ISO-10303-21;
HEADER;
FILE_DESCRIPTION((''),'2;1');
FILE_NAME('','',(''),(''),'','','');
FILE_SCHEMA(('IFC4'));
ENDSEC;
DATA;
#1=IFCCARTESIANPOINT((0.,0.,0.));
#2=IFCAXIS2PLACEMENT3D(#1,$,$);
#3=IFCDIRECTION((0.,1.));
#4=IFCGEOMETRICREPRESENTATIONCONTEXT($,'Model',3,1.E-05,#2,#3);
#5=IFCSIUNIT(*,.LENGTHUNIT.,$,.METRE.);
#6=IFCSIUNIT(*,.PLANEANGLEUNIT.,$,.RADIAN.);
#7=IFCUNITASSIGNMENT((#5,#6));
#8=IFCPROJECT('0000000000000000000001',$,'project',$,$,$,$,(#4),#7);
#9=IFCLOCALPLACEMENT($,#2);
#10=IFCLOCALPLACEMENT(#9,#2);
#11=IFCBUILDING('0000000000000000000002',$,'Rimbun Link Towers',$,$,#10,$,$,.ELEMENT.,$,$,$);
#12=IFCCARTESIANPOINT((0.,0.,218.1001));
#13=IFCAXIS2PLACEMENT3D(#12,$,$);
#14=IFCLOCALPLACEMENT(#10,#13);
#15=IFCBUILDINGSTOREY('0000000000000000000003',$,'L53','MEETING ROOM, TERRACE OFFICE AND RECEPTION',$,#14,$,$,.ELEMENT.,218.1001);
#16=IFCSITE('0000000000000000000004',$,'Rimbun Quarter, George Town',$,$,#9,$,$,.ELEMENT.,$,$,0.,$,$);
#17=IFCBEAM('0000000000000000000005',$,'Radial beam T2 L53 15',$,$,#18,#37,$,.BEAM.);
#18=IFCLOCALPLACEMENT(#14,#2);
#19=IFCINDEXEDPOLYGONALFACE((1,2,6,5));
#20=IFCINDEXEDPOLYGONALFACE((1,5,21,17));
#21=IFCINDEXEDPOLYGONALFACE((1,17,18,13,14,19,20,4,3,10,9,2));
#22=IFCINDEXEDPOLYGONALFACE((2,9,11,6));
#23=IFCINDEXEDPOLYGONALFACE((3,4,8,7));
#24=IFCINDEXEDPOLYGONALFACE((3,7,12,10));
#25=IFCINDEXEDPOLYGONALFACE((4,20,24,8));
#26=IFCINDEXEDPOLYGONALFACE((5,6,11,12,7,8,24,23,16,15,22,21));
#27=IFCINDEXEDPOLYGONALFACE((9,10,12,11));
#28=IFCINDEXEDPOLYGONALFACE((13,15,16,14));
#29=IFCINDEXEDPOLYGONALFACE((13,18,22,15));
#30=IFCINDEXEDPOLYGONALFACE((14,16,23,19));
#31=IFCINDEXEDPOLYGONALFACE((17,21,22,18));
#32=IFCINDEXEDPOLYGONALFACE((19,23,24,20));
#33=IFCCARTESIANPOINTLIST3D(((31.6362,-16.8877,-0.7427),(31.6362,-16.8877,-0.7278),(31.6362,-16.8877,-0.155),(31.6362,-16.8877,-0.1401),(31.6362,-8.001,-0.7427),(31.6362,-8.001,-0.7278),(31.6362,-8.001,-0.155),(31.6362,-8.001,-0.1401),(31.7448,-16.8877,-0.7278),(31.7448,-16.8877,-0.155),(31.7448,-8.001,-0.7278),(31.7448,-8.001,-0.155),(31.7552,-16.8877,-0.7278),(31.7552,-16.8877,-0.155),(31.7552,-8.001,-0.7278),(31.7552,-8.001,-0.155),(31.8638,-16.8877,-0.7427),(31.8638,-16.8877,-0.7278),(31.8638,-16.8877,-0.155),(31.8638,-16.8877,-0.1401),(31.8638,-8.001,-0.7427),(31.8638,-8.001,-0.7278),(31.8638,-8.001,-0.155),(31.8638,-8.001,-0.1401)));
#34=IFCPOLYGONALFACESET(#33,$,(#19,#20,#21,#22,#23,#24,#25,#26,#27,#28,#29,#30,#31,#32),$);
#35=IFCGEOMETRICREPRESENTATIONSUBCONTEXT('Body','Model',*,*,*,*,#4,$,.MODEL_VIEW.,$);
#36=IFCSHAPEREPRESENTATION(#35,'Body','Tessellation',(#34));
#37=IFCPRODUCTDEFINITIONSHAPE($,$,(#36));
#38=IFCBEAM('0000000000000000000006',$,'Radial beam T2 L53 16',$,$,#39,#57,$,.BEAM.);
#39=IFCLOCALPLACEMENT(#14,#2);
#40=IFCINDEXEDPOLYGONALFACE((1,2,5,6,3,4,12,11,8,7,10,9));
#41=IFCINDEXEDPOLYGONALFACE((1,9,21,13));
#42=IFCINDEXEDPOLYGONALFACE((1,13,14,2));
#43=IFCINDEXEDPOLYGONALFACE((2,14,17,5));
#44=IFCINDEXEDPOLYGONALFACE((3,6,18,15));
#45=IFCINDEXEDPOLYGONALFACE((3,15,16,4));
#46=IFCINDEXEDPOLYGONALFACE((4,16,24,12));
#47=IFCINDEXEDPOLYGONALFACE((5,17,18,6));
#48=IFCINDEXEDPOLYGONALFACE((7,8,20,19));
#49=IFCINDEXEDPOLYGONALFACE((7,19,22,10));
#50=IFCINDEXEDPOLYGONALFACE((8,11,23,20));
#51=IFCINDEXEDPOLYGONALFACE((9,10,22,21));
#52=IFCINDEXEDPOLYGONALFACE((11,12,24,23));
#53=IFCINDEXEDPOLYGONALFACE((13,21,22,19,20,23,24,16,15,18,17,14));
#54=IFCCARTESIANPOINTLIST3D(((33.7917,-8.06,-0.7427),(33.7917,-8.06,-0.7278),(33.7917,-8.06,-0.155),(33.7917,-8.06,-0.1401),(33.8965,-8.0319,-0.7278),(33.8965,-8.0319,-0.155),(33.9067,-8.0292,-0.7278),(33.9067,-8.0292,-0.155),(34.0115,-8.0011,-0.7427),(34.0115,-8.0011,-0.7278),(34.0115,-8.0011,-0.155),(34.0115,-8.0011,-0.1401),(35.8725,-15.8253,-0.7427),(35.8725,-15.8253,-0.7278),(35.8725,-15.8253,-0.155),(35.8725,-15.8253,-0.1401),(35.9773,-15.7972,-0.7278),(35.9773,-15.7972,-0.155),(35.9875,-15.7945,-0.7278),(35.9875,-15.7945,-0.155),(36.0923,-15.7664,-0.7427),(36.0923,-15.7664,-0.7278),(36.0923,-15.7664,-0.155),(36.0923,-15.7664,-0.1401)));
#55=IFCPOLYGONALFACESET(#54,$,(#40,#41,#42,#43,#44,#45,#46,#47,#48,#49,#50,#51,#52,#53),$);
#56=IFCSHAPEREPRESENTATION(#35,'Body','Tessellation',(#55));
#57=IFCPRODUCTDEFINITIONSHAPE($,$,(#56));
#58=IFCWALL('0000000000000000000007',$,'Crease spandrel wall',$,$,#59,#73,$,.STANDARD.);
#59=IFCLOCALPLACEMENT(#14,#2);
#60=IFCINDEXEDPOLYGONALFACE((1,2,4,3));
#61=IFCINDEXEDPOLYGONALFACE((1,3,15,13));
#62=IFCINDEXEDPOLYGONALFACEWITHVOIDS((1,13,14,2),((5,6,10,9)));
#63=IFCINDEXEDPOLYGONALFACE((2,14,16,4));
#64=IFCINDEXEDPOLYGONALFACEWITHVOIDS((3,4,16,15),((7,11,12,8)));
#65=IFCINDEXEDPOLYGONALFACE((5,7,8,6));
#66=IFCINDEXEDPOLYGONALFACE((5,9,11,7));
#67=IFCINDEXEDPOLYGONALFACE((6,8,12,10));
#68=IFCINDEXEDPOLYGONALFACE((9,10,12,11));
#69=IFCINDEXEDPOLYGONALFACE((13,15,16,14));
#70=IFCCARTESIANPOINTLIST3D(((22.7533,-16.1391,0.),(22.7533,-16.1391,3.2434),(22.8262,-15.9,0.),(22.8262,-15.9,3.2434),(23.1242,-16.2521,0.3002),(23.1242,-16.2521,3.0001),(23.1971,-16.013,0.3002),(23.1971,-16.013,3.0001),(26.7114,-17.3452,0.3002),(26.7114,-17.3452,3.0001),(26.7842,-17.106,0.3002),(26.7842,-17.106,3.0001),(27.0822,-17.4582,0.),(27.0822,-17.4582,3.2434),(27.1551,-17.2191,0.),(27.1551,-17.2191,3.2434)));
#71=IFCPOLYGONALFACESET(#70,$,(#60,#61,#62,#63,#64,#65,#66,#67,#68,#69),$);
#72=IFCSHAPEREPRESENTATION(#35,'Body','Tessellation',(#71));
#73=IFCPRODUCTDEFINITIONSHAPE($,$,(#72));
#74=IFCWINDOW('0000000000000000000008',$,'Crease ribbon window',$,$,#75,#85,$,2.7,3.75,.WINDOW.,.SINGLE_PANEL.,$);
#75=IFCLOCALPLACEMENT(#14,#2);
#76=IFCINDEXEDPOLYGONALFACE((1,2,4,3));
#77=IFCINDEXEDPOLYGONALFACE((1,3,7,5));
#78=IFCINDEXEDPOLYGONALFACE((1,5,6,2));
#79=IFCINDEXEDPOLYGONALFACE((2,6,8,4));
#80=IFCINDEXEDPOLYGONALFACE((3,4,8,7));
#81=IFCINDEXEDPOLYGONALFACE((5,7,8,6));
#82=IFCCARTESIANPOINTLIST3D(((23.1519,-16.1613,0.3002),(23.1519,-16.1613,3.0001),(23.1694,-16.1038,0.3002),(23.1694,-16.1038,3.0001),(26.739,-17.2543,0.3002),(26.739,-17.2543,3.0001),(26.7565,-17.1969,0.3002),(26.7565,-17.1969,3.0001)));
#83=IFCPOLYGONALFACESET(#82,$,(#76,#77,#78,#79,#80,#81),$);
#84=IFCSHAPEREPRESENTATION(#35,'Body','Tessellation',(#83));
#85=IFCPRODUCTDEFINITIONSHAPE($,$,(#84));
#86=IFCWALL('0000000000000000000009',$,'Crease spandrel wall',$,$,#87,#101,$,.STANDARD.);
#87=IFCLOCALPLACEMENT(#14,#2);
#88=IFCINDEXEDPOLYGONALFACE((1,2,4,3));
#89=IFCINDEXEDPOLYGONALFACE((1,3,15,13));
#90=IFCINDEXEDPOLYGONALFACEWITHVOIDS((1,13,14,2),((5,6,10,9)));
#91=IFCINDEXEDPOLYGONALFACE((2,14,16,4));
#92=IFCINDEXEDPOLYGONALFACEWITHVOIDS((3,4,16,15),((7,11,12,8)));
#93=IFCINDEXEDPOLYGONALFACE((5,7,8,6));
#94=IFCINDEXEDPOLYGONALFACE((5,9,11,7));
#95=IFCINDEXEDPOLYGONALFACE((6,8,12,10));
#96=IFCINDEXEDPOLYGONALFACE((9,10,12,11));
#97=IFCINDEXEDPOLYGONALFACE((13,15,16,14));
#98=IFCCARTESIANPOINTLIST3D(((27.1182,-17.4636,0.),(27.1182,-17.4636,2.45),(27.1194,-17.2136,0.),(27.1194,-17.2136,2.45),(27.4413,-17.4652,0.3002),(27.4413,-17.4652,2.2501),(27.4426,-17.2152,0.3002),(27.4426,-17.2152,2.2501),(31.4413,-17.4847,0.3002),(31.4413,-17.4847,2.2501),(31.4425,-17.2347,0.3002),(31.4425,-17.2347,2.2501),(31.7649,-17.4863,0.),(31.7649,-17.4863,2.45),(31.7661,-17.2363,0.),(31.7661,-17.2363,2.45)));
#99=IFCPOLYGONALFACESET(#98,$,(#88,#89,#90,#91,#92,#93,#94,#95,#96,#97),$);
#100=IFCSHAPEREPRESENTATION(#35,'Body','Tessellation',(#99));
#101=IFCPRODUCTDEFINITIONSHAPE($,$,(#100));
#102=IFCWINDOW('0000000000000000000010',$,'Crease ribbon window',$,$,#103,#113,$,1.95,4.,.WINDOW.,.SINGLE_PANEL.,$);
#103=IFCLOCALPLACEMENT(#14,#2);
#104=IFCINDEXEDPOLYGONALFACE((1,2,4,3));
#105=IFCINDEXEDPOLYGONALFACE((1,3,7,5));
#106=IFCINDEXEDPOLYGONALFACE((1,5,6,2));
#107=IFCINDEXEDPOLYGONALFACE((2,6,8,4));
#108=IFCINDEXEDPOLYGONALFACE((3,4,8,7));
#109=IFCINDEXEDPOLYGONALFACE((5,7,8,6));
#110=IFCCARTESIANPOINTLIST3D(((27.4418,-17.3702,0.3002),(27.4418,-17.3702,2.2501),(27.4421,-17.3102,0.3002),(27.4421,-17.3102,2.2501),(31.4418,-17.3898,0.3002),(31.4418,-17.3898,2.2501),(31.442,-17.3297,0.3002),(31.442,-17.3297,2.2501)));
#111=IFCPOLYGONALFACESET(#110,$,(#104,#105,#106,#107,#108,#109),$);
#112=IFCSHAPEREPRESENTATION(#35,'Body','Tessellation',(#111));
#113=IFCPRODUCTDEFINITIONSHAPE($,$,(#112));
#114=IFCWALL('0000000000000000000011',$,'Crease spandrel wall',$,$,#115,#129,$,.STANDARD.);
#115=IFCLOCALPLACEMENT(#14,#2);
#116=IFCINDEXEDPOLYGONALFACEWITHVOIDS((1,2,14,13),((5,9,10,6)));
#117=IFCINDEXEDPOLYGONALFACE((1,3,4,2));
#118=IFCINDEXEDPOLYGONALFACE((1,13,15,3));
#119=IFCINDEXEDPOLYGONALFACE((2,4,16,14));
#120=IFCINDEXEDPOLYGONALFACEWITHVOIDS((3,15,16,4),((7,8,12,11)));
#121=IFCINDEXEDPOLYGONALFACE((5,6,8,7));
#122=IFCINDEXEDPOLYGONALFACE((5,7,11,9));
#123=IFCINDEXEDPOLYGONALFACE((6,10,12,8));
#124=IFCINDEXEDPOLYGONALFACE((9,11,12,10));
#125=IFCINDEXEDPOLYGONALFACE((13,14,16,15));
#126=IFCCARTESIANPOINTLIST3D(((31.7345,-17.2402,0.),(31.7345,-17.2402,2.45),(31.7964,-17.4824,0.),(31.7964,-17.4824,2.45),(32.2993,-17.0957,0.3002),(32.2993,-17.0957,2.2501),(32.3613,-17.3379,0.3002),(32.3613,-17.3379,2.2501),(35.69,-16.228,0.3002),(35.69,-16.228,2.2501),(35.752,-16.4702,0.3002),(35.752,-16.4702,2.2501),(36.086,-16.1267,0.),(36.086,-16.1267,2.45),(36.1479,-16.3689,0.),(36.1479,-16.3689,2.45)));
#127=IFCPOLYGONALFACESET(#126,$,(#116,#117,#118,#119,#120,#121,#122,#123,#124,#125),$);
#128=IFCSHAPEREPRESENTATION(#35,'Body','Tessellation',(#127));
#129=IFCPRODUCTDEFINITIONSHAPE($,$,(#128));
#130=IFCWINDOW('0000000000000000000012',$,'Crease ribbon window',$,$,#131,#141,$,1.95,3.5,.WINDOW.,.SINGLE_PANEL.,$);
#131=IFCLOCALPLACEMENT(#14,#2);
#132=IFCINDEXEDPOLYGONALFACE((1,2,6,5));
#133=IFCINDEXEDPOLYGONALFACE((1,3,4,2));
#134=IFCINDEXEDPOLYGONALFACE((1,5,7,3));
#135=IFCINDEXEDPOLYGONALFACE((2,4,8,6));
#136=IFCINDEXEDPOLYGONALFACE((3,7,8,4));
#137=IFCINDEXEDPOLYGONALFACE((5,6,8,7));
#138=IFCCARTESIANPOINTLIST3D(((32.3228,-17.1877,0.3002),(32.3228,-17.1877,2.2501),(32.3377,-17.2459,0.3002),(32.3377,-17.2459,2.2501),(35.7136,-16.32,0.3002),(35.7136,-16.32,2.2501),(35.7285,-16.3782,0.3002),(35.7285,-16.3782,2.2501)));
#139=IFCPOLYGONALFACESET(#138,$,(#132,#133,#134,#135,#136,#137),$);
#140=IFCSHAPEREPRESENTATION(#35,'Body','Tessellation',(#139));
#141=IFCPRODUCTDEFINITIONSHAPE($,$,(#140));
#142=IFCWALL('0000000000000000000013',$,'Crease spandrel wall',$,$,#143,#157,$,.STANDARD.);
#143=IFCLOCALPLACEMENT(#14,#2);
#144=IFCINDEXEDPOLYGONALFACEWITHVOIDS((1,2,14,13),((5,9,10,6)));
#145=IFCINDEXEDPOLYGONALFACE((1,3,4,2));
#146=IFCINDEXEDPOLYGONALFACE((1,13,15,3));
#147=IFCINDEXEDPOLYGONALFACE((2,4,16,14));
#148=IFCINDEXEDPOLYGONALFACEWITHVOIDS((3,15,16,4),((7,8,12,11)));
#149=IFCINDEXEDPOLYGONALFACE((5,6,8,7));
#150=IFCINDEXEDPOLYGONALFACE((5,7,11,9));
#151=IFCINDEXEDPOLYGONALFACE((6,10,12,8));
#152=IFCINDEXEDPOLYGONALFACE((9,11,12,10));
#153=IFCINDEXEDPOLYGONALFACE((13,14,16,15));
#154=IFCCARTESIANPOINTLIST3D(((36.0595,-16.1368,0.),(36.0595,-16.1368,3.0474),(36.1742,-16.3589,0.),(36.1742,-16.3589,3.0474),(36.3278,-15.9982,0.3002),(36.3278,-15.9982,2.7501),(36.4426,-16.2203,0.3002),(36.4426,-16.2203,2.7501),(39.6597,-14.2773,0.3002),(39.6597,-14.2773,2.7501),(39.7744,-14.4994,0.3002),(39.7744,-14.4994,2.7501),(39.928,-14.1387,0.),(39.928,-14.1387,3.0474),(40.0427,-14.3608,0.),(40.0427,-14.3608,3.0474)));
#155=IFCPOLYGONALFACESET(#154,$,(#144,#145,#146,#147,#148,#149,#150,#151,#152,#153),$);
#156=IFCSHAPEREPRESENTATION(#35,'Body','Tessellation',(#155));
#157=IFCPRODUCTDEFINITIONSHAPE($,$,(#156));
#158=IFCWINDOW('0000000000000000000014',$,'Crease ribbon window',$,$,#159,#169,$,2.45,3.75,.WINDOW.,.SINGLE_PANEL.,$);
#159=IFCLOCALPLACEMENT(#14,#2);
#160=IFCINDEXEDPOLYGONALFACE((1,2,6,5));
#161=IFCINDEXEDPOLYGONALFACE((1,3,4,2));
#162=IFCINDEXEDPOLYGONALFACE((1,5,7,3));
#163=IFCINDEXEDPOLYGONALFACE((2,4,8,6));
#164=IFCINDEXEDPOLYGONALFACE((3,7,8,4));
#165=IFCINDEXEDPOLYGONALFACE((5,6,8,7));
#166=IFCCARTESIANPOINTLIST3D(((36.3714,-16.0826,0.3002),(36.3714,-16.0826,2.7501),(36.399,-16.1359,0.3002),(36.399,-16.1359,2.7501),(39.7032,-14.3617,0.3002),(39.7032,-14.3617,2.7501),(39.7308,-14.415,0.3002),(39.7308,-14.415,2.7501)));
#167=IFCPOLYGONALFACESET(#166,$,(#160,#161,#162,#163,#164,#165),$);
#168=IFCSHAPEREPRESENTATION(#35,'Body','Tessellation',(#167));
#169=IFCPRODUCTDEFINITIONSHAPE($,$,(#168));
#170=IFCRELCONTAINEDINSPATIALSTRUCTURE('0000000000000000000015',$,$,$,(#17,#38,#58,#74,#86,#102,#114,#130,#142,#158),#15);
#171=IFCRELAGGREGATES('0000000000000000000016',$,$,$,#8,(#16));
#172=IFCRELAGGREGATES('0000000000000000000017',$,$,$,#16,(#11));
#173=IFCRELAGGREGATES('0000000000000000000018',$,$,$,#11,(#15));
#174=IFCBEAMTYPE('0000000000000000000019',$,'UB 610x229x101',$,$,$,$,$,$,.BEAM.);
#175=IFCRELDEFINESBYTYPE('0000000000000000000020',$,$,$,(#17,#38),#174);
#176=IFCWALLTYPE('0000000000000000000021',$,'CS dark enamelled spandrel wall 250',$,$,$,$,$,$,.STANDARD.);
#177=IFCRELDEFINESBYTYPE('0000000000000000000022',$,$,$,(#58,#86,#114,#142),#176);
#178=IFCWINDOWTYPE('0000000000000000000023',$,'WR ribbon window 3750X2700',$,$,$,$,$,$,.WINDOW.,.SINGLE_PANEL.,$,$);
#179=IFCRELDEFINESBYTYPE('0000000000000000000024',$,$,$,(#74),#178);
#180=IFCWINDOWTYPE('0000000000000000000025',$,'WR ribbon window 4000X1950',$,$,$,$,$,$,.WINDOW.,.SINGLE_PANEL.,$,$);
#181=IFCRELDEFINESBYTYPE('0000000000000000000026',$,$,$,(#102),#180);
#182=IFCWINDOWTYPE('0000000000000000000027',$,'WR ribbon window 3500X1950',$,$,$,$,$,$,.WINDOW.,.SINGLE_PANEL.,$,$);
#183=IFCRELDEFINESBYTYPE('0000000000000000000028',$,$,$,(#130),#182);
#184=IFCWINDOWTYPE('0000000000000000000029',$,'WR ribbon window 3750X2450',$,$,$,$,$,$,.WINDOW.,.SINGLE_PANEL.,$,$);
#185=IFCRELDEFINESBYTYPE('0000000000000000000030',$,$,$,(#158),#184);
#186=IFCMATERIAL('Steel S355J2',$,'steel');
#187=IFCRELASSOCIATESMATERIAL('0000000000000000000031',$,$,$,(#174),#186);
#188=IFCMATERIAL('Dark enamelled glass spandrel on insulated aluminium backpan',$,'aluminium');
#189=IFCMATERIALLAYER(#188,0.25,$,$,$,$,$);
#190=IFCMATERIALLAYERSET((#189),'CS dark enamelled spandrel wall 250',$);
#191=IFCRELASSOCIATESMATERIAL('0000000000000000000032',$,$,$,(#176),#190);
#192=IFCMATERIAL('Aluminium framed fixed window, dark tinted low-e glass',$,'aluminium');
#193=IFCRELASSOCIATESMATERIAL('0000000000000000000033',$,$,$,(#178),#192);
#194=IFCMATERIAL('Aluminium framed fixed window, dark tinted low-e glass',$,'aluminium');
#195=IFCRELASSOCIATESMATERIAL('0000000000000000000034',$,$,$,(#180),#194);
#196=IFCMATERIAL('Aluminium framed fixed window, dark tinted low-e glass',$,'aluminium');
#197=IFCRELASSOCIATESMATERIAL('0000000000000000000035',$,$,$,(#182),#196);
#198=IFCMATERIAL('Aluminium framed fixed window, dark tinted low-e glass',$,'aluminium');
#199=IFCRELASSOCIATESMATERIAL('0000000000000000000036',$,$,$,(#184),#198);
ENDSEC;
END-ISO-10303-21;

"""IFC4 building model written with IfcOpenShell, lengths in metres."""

from ifc_helpers import new_model, si_unit, direction, frame, frame_2d, origin, origin_2d, place, context, subcontext, project, spatial, rectangle, i_section, extrude, material, layer, layer_set, material_profile, profile_set, type_object, element, fill, save


model = new_model("IFC4")

# Units and contexts
model_context = context("Model", 3, precision=1e-05, world=origin(), true_north=direction((0.0, 1.0)))
body_context = subcontext(model_context, "Body", "Model", "MODEL_VIEW")
ifc_project = project(units=[si_unit("LENGTHUNIT", "METRE"), si_unit("PLANEANGLEUNIT", "RADIAN")], contexts=[model_context])

# Site, building, storey
site_placement = place(None, origin())
site = spatial("IfcSite", under=ifc_project, at=site_placement, Name="Rimbun Quarter, George Town", CompositionType="ELEMENT", RefElevation=0.0)
building_placement = place(site_placement, origin())
building = spatial("IfcBuilding", under=site, at=building_placement, Name="Rimbun Link Towers", CompositionType="ELEMENT")
storey_placement = place(building_placement, frame((0.0, 0.0, 218.1001)))
storey = spatial("IfcBuildingStorey", under=building, at=storey_placement, Name="L53", Description="MEETING ROOM, TERRACE OFFICE AND RECEPTION", CompositionType="ELEMENT", Elevation=218.1001)

# Beams
ifc_material_1 = material(Name="Steel S355J2", Category="steel")
ifc_material_profile_1 = material_profile(ifc_material_1, i_section(OverallWidth=0.2275, OverallDepth=0.6025, WebThickness=0.0105, FlangeThickness=0.0149, at=origin_2d()), Name="UB 610x229x101")
ifc_profile_set_1 = profile_set([ifc_material_profile_1], Name="Steel S355J2")
beam_type_1 = type_object("IfcBeamType", Name="UB 610x229x101", PredefinedType="BEAM", material=ifc_profile_set_1)
beam_1_placement = place(storey_placement, frame((31.75, -8.001, -0.4414), z_axis=(0.0, -1.0, 0.0), x_axis=(1.0, 0.0, 0.0)))
element("IfcBeam", 1, at=beam_1_placement, inside=storey, type_object=beam_type_1, Name="Radial beam T2 L53 15", PredefinedType="BEAM", context=body_context, shape_type="SweptSolid", body=[
    extrude(i_section(OverallWidth=0.2275, OverallDepth=0.6025, WebThickness=0.0105, FlangeThickness=0.0149, at=origin_2d()), origin(), (0.0, 0.0, 1.0), 8.8867),
])
beam_2_placement = place(storey_placement, frame((33.9016, -8.0305, -0.4414), z_axis=(0.258829, -0.965923, 0.0), x_axis=(0.965923, 0.258829, 0.0)))
element("IfcBeam", 2, at=beam_2_placement, inside=storey, type_object=beam_type_1, Name="Radial beam T2 L53 16", PredefinedType="BEAM", context=body_context, shape_type="SweptSolid", body=[
    extrude(i_section(OverallWidth=0.2275, OverallDepth=0.6025, WebThickness=0.0105, FlangeThickness=0.0149, at=origin_2d()), origin(), (0.0, 0.0, 1.0), 8.0393),
])

# Walls, openings, windows
ifc_material_2 = material(Name="Dark enamelled glass spandrel on insulated aluminium backpan", Category="aluminium")
ifc_layer = layer(ifc_material_2, 0.25)
ifc_layer_set = layer_set([ifc_layer], Name="CS dark enamelled spandrel wall 250")
wall_type = type_object("IfcWallType", Name="CS dark enamelled spandrel wall 250", PredefinedType="STANDARD", material=ifc_layer_set)
wall_1_placement = place(storey_placement, frame((27.1187, -17.3386, 0.0), z_axis=(0.0, 0.0, 1.0), x_axis=(-0.956575, 0.291488, 0.0)))
wall_1 = element("IfcWall", 3, at=wall_1_placement, inside=storey, type_object=wall_type, Name="Crease spandrel wall", PredefinedType="STANDARD", context=body_context, shape_type="SweptSolid", body=[
    extrude(rectangle(XDim=4.5254, YDim=0.25, at=frame_2d((2.2627, 0.0))), origin(), (0.0, 0.0, 1.0), 3.2434),
])
opening_1_placement = place(wall_1_placement, frame((0.3877, 0.0, 0.3)))
opening_1 = element("IfcOpeningElement", 4, at=opening_1_placement, cuts=wall_1, PredefinedType="OPENING", context=body_context, shape_type="SweptSolid", body=[
    extrude(rectangle(XDim=3.75, YDim=2.7, at=frame_2d((1.875, 1.3501))), frame((0.0, 0.135, 0.0), z_axis=(0.0, -1.0, 0.0), x_axis=(1.0, 0.0, 0.0)), (0.0, 0.0, 1.0), 0.27),
])
ifc_material_3 = material(Name="Aluminium framed fixed window, dark tinted low-e glass", Category="aluminium")
window_type_1 = type_object("IfcWindowType", Name="WR ribbon window 3750X2700", PartitioningType="SINGLE_PANEL", PredefinedType="WINDOW", material=ifc_material_3)
window_1_placement = place(opening_1_placement, origin())
window_1 = element("IfcWindow", 5, at=window_1_placement, inside=storey, type_object=window_type_1, Name="Crease ribbon window", OverallHeight=2.7, OverallWidth=3.75, PartitioningType="SINGLE_PANEL", PredefinedType="WINDOW", context=body_context, shape_type="SweptSolid", body=[
    extrude(rectangle(XDim=3.75, YDim=2.7, at=frame_2d((1.875, 1.3501))), frame((0.0, 0.03, 0.0), z_axis=(0.0, -1.0, 0.0), x_axis=(1.0, 0.0, 0.0)), (0.0, 0.0, 1.0), 0.0601),
])
fill(opening_1, window_1)
wall_2_placement = place(storey_placement, frame((31.7654, -17.3613, 0.0), z_axis=(0.0, 0.0, 1.0), x_axis=(-0.999988, 0.004886, 0.0)))
wall_2 = element("IfcWall", 6, at=wall_2_placement, inside=storey, type_object=wall_type, Name="Crease spandrel wall", PredefinedType="STANDARD", context=body_context, shape_type="SweptSolid", body=[
    extrude(rectangle(XDim=4.6467, YDim=0.25, at=frame_2d((2.3232, 0.0))), origin(), (0.0, 0.0, 1.0), 2.45),
])
opening_2_placement = place(wall_2_placement, frame((0.3235, 0.0, 0.3)))
opening_2 = element("IfcOpeningElement", 7, at=opening_2_placement, cuts=wall_2, PredefinedType="OPENING", context=body_context, shape_type="SweptSolid", body=[
    extrude(rectangle(XDim=4.0, YDim=1.95, at=frame_2d((2.0, 0.9751))), frame((0.0, 0.135, 0.0), z_axis=(0.0, -1.0, 0.0), x_axis=(1.0, 0.0, 0.0)), (0.0, 0.0, 1.0), 0.27),
])
ifc_material_4 = material(Name="Aluminium framed fixed window, dark tinted low-e glass", Category="aluminium")
window_type_2 = type_object("IfcWindowType", Name="WR ribbon window 4000X1950", PartitioningType="SINGLE_PANEL", PredefinedType="WINDOW", material=ifc_material_4)
window_2_placement = place(opening_2_placement, origin())
window_2 = element("IfcWindow", 8, at=window_2_placement, inside=storey, type_object=window_type_2, Name="Crease ribbon window", OverallHeight=1.95, OverallWidth=4.0, PartitioningType="SINGLE_PANEL", PredefinedType="WINDOW", context=body_context, shape_type="SweptSolid", body=[
    extrude(rectangle(XDim=4.0, YDim=1.95, at=frame_2d((2.0, 0.9751))), frame((0.0, 0.03, 0.0), z_axis=(0.0, -1.0, 0.0), x_axis=(1.0, 0.0, 0.0)), (0.0, 0.0, 1.0), 0.0601),
])
fill(opening_2, window_2)
wall_3_placement = place(storey_placement, frame((36.1169, -16.2478, 0.0), z_axis=(0.0, 0.0, 1.0), x_axis=(-0.968785, -0.247903, 0.0)))
wall_3 = element("IfcWall", 9, at=wall_3_placement, inside=storey, type_object=wall_type, Name="Crease spandrel wall", PredefinedType="STANDARD", context=body_context, shape_type="SweptSolid", body=[
    extrude(rectangle(XDim=4.4917, YDim=0.25, at=frame_2d((2.2458, 0.0))), origin(), (0.0, 0.0, 1.0), 2.45),
])
opening_3_placement = place(wall_3_placement, frame((0.4087, 0.0, 0.3)))
opening_3 = element("IfcOpeningElement", 10, at=opening_3_placement, cuts=wall_3, PredefinedType="OPENING", context=body_context, shape_type="SweptSolid", body=[
    extrude(rectangle(XDim=3.5, YDim=1.95, at=frame_2d((1.75, 0.9751))), frame((0.0, 0.135, 0.0), z_axis=(0.0, -1.0, 0.0), x_axis=(1.0, 0.0, 0.0)), (0.0, 0.0, 1.0), 0.27),
])
ifc_material_5 = material(Name="Aluminium framed fixed window, dark tinted low-e glass", Category="aluminium")
window_type_3 = type_object("IfcWindowType", Name="WR ribbon window 3500X1950", PartitioningType="SINGLE_PANEL", PredefinedType="WINDOW", material=ifc_material_5)
window_3_placement = place(opening_3_placement, origin())
window_3 = element("IfcWindow", 11, at=window_3_placement, inside=storey, type_object=window_type_3, Name="Crease ribbon window", OverallHeight=1.95, OverallWidth=3.5, PartitioningType="SINGLE_PANEL", PredefinedType="WINDOW", context=body_context, shape_type="SweptSolid", body=[
    extrude(rectangle(XDim=3.5, YDim=1.95, at=frame_2d((1.75, 0.9751))), frame((0.0, 0.03, 0.0), z_axis=(0.0, -1.0, 0.0), x_axis=(1.0, 0.0, 0.0)), (0.0, 0.0, 1.0), 0.0601),
])
fill(opening_3, window_3)
wall_4_placement = place(storey_placement, frame((39.9854, -14.2498, 0.0), z_axis=(0.0, 0.0, 1.0), x_axis=(-0.888485, -0.458906, 0.0)))
wall_4 = element("IfcWall", 12, at=wall_4_placement, inside=storey, type_object=wall_type, Name="Crease spandrel wall", PredefinedType="STANDARD", context=body_context, shape_type="SweptSolid", body=[
    extrude(rectangle(XDim=4.354, YDim=0.25, at=frame_2d((2.177, 0.0))), origin(), (0.0, 0.0, 1.0), 3.0474),
])
opening_4_placement = place(wall_4_placement, frame((0.302, 0.0, 0.3)))
opening_4 = element("IfcOpeningElement", 13, at=opening_4_placement, cuts=wall_4, PredefinedType="OPENING", context=body_context, shape_type="SweptSolid", body=[
    extrude(rectangle(XDim=3.75, YDim=2.45, at=frame_2d((1.875, 1.2251))), frame((0.0, 0.135, 0.0), z_axis=(0.0, -1.0, 0.0), x_axis=(1.0, 0.0, 0.0)), (0.0, 0.0, 1.0), 0.27),
])
ifc_material_6 = material(Name="Aluminium framed fixed window, dark tinted low-e glass", Category="aluminium")
window_type_4 = type_object("IfcWindowType", Name="WR ribbon window 3750X2450", PartitioningType="SINGLE_PANEL", PredefinedType="WINDOW", material=ifc_material_6)
window_4_placement = place(opening_4_placement, origin())
window_4 = element("IfcWindow", 14, at=window_4_placement, inside=storey, type_object=window_type_4, Name="Crease ribbon window", OverallHeight=2.45, OverallWidth=3.75, PartitioningType="SINGLE_PANEL", PredefinedType="WINDOW", context=body_context, shape_type="SweptSolid", body=[
    extrude(rectangle(XDim=3.75, YDim=2.45, at=frame_2d((1.875, 1.2251))), frame((0.0, 0.03, 0.0), z_axis=(0.0, -1.0, 0.0), x_axis=(1.0, 0.0, 0.0)), (0.0, 0.0, 1.0), 0.0601),
])
fill(opening_4, window_4)

save(model, "model.ifc")
